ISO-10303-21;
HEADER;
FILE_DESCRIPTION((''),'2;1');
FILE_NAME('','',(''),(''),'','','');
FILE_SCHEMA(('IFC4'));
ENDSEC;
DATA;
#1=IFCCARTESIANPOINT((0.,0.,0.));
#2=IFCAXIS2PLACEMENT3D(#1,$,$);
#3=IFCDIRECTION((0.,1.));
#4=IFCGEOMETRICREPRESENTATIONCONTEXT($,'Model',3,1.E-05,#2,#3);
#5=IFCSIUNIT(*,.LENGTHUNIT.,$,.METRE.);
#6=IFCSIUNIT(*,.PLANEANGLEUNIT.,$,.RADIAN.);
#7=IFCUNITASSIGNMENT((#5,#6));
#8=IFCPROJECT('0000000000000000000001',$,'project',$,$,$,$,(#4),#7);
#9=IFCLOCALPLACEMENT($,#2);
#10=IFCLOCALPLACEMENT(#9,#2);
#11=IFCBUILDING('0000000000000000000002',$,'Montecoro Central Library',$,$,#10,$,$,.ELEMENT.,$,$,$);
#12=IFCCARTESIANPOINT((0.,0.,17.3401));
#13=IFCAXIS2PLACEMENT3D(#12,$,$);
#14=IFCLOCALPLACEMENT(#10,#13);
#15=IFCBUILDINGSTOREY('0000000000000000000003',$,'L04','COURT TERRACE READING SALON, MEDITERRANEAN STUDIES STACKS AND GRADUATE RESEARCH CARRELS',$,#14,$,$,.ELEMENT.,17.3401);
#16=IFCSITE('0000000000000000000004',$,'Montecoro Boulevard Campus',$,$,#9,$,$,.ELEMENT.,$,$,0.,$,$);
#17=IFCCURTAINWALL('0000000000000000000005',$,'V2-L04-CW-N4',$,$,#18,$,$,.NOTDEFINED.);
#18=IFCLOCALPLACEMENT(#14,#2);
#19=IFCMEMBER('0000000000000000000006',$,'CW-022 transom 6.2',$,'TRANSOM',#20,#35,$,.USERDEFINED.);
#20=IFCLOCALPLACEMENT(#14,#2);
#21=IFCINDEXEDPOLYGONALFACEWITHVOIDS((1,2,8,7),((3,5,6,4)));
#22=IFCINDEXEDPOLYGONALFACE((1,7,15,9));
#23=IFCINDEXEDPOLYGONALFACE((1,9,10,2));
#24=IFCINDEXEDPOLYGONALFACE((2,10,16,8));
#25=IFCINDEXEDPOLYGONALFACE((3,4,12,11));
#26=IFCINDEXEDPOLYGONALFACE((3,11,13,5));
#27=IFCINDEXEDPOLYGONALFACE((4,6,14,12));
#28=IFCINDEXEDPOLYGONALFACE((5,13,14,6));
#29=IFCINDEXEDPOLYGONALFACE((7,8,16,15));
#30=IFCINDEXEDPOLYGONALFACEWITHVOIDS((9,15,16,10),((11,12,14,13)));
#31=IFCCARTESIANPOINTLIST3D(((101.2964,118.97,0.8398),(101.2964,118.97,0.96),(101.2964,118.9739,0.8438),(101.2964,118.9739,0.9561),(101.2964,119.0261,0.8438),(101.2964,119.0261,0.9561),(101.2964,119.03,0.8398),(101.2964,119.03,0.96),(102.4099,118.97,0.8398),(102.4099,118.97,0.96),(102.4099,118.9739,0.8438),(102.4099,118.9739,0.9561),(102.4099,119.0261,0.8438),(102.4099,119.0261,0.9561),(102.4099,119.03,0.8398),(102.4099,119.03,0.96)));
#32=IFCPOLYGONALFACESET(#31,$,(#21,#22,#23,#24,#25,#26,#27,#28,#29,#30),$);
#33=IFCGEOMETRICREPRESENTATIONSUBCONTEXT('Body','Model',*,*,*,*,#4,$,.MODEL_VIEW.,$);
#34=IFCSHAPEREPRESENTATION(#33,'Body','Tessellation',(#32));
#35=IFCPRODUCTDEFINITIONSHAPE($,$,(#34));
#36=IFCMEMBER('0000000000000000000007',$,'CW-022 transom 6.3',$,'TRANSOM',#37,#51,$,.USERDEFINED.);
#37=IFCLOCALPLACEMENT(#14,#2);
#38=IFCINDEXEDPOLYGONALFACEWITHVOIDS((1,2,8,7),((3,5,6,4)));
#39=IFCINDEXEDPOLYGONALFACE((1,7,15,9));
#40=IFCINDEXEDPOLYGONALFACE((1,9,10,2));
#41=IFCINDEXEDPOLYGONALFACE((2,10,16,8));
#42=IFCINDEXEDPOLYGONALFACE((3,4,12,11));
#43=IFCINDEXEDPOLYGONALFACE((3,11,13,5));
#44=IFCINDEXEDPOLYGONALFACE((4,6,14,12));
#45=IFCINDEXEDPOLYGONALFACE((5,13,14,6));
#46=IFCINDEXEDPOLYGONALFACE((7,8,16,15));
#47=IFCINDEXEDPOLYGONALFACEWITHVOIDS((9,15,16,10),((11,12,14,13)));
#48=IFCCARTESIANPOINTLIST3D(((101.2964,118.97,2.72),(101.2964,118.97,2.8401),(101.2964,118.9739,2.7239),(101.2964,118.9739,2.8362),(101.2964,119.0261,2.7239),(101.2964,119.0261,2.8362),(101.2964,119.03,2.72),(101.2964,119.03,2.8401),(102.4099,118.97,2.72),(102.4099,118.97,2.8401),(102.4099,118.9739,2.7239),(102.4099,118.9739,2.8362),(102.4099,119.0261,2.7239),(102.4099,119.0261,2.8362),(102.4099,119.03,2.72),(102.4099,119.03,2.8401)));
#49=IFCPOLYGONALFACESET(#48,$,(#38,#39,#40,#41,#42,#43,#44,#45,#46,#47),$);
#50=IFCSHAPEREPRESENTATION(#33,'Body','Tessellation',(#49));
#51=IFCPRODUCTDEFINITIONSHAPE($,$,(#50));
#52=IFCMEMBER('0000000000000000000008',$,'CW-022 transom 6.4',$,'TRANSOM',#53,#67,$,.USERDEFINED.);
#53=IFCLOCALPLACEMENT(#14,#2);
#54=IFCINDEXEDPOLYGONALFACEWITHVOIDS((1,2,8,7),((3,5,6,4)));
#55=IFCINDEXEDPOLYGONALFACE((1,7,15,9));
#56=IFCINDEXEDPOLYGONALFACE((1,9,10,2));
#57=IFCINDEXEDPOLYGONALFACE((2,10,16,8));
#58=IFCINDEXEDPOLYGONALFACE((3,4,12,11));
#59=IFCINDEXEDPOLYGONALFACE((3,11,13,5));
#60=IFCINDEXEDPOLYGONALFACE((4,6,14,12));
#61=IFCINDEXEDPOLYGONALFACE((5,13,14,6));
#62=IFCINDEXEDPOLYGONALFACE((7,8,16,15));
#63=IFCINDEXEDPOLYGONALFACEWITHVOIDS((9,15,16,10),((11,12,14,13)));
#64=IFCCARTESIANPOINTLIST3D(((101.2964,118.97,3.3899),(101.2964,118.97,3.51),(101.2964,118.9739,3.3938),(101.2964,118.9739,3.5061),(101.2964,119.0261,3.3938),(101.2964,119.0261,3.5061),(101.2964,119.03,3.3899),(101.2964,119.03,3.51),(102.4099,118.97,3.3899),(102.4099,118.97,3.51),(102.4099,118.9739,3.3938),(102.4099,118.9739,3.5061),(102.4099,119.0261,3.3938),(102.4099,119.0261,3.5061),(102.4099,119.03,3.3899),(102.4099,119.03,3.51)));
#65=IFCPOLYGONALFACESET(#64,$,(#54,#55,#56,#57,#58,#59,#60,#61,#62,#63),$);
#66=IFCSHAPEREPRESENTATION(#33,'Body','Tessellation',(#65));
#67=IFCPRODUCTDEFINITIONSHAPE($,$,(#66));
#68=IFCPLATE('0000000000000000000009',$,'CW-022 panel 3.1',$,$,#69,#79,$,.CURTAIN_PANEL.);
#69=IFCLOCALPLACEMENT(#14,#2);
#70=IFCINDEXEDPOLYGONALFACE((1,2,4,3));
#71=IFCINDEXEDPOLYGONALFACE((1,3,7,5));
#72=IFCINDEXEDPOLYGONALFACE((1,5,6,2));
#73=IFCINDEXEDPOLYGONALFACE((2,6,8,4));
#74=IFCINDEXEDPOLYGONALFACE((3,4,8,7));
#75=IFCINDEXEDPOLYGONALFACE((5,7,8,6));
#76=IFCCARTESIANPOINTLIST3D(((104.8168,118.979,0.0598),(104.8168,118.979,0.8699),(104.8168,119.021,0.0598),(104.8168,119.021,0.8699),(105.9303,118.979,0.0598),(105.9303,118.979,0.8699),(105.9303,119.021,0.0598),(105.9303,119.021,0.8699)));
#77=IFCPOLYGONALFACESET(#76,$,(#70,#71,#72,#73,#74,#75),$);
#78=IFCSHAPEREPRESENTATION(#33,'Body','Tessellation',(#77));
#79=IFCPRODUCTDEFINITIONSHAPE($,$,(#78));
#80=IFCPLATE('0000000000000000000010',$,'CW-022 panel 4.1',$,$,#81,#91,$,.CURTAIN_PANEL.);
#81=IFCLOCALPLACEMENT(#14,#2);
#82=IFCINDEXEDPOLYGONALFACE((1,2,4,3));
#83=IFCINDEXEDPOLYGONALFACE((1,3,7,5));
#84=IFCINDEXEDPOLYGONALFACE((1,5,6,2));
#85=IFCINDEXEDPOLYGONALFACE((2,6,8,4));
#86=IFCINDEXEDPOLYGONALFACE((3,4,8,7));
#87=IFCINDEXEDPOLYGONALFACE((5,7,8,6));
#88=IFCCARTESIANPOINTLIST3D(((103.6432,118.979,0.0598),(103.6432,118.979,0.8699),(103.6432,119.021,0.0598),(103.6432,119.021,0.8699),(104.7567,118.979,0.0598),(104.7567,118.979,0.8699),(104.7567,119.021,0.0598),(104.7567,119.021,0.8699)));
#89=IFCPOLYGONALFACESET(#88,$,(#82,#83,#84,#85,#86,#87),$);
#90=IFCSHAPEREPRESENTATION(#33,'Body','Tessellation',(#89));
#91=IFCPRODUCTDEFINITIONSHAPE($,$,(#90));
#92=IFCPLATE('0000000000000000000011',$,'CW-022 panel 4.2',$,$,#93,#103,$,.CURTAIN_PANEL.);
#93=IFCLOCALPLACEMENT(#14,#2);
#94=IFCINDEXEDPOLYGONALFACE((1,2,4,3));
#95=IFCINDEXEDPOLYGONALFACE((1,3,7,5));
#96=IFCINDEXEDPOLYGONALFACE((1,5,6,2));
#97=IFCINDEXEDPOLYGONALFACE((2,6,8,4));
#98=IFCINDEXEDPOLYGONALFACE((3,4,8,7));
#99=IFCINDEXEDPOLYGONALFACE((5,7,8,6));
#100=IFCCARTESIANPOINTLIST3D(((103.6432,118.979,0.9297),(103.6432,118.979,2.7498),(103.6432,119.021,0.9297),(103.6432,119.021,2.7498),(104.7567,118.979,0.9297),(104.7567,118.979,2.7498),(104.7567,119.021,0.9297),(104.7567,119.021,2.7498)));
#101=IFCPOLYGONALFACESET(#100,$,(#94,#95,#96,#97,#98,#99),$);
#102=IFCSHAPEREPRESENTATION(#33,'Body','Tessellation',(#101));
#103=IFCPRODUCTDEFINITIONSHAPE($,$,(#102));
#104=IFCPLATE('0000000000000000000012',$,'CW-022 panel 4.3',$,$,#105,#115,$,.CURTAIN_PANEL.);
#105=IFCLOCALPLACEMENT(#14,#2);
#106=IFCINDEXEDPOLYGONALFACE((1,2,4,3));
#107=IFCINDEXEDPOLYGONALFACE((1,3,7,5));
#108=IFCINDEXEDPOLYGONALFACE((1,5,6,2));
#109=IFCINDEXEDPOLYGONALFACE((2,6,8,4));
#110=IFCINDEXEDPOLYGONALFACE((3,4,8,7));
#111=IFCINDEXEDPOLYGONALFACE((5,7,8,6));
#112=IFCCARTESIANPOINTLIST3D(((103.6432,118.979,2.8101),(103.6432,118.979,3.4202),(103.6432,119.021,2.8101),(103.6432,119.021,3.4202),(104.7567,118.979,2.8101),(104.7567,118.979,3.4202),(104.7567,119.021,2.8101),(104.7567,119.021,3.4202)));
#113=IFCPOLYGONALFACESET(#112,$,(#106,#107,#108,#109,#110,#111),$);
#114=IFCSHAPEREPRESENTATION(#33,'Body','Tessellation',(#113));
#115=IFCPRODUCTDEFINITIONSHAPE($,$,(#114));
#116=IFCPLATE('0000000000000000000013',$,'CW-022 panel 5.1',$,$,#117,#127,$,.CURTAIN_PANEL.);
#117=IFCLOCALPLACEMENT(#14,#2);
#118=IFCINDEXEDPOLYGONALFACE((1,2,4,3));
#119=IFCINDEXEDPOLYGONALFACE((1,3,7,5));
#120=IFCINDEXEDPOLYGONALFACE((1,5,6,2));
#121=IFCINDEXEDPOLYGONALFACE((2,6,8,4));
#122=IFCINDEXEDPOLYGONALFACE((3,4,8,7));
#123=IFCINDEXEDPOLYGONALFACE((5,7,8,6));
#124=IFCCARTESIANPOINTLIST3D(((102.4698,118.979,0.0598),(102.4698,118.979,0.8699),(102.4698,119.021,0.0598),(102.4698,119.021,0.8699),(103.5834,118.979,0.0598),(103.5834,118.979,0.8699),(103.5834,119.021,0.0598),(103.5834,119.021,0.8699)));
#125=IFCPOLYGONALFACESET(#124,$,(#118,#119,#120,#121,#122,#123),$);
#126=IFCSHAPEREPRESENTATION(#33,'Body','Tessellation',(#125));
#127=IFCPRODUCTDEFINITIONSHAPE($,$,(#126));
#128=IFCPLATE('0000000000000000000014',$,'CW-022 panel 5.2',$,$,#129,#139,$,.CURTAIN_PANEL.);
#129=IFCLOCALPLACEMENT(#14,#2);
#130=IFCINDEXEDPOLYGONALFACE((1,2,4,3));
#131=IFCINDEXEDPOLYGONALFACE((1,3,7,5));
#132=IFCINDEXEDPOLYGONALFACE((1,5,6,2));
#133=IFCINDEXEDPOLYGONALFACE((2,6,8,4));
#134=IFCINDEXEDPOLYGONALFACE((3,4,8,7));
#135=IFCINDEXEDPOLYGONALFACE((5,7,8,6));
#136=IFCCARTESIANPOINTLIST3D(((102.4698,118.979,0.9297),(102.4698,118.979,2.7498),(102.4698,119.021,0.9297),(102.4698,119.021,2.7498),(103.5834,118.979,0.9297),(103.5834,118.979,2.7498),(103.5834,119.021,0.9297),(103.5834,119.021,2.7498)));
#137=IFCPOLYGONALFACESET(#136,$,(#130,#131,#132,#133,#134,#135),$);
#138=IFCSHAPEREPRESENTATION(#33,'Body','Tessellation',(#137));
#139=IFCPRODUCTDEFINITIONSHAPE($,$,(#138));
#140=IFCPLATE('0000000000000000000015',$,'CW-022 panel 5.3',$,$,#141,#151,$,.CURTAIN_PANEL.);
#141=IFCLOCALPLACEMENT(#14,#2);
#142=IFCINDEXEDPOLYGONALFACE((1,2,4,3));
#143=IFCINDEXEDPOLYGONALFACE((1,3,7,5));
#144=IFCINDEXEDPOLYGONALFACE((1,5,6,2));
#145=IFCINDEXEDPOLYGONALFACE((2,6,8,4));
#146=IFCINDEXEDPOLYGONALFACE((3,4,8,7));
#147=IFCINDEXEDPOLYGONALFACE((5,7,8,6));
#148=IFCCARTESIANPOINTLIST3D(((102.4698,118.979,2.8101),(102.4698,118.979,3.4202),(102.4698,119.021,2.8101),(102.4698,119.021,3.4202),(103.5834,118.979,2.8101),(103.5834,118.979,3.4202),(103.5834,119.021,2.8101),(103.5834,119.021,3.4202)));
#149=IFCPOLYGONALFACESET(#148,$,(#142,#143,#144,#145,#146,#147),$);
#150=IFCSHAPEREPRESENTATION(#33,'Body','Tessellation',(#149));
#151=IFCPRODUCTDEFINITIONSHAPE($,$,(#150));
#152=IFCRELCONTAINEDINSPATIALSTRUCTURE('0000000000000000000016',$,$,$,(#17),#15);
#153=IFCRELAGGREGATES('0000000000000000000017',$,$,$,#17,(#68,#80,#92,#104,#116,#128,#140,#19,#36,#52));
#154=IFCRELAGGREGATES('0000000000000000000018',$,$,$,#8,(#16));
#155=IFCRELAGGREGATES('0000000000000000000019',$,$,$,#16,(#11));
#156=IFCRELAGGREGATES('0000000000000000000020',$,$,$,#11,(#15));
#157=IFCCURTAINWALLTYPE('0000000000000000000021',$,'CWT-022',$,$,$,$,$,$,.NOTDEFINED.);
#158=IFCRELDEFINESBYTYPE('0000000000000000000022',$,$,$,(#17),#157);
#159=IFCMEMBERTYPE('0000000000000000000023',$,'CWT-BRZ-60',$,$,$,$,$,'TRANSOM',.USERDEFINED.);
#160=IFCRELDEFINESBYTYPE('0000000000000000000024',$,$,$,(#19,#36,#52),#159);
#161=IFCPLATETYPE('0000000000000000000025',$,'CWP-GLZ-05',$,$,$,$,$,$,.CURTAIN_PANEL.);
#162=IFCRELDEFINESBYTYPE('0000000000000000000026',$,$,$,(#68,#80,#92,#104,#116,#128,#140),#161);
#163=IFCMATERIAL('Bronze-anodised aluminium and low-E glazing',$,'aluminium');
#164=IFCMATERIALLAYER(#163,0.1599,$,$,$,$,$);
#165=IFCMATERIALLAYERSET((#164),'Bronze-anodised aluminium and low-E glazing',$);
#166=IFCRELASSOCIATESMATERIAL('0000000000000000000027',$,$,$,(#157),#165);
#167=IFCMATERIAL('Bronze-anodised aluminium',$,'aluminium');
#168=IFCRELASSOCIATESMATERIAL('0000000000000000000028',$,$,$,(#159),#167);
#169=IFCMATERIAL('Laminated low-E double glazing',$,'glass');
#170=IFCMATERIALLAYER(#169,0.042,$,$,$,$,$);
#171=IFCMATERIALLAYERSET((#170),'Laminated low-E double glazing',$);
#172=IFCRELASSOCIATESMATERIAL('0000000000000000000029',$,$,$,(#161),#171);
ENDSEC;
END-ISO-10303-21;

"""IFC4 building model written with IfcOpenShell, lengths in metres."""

from ifc_helpers import new_model, si_unit, direction, frame, origin, origin_2d, place, context, subcontext, project, spatial, rectangle, hollow_rectangle, extrude, material, layer, layer_set, material_profile, profile_set, type_object, element, aggregate, save


model = new_model("IFC4")

# Units and contexts
model_context = context("Model", 3, precision=1e-05, world=origin(), true_north=direction((0.0, 1.0)))
body_context = subcontext(model_context, "Body", "Model", "MODEL_VIEW")
ifc_project = project(units=[si_unit("LENGTHUNIT", "METRE"), si_unit("PLANEANGLEUNIT", "RADIAN")], contexts=[model_context])

# Site, building, storey
site_placement = place(None, origin())
site = spatial("IfcSite", under=ifc_project, at=site_placement, Name="Montecoro Boulevard Campus", CompositionType="ELEMENT", RefElevation=0.0)
building_placement = place(site_placement, origin())
building = spatial("IfcBuilding", under=site, at=building_placement, Name="Montecoro Central Library", CompositionType="ELEMENT")
storey_placement = place(building_placement, frame((0.0, 0.0, 17.3401)))
storey = spatial("IfcBuildingStorey", under=building, at=storey_placement, Name="L04", Description="COURT TERRACE READING SALON, MEDITERRANEAN STUDIES STACKS AND GRADUATE RESEARCH CARRELS", CompositionType="ELEMENT", Elevation=17.3401)

# Curtain wall, members, plates
ifc_material_1 = material(Name="Bronze-anodised aluminium and low-E glazing", Category="aluminium")
ifc_layer_1 = layer(ifc_material_1, 0.1599)
ifc_layer_set_1 = layer_set([ifc_layer_1], Name="Bronze-anodised aluminium and low-E glazing")
curtain_wall_type = type_object("IfcCurtainWallType", Name="CWT-022", PredefinedType="NOTDEFINED", material=ifc_layer_set_1)
curtain_wall_placement = place(storey_placement, origin())
curtain_wall = element("IfcCurtainWall", 1, at=curtain_wall_placement, inside=storey, type_object=curtain_wall_type, Name="V2-L04-CW-N4", PredefinedType="NOTDEFINED")
ifc_material_2 = material(Name="Bronze-anodised aluminium", Category="aluminium")
ifc_material_profile_1 = material_profile(ifc_material_2, hollow_rectangle(XDim=0.0601, YDim=0.1201, WallThickness=0.0039, at=origin_2d()), Name="CWT 120x60x4.0")
ifc_profile_set_1 = profile_set([ifc_material_profile_1], Name="Bronze-anodised aluminium")
member_type_1 = type_object("IfcMemberType", Name="CWT-BRZ-60", ElementType="TRANSOM", PredefinedType="USERDEFINED", material=ifc_profile_set_1)
member_1_placement = place(storey_placement, frame((102.4099, 119.0, 0.8999), z_axis=(-1.0, 0.0, 0.0), x_axis=(0.0, -1.0, 0.0)))
member_1 = element("IfcMember", 2, at=member_1_placement, type_object=member_type_1, Name="CW-022 transom 6.2", ObjectType="TRANSOM", PredefinedType="USERDEFINED", context=body_context, shape_type="SweptSolid", body=[
    extrude(hollow_rectangle(XDim=0.0601, YDim=0.1201, WallThickness=0.0039, at=origin_2d()), origin(), (0.0, 0.0, 1.0), 1.1135),
])
member_2_placement = place(storey_placement, frame((102.4099, 119.0, 2.78), z_axis=(-1.0, 0.0, 0.0), x_axis=(0.0, -1.0, 0.0)))
member_2 = element("IfcMember", 3, at=member_2_placement, type_object=member_type_1, Name="CW-022 transom 6.3", ObjectType="TRANSOM", PredefinedType="USERDEFINED", context=body_context, shape_type="SweptSolid", body=[
    extrude(hollow_rectangle(XDim=0.0601, YDim=0.1201, WallThickness=0.0039, at=origin_2d()), origin(), (0.0, 0.0, 1.0), 1.1135),
])
member_3_placement = place(storey_placement, frame((102.4099, 119.0, 3.45), z_axis=(-1.0, 0.0, 0.0), x_axis=(0.0, -1.0, 0.0)))
member_3 = element("IfcMember", 4, at=member_3_placement, type_object=member_type_1, Name="CW-022 transom 6.4", ObjectType="TRANSOM", PredefinedType="USERDEFINED", context=body_context, shape_type="SweptSolid", body=[
    extrude(hollow_rectangle(XDim=0.0601, YDim=0.1201, WallThickness=0.0039, at=origin_2d()), origin(), (0.0, 0.0, 1.0), 1.1135),
])
ifc_material_3 = material(Name="Laminated low-E double glazing", Category="glass")
ifc_layer_2 = layer(ifc_material_3, 0.042)
ifc_layer_set_2 = layer_set([ifc_layer_2], Name="Laminated low-E double glazing")
plate_type = type_object("IfcPlateType", Name="CWP-GLZ-05", PredefinedType="CURTAIN_PANEL", material=ifc_layer_set_2)
plate_1_placement = place(storey_placement, frame((105.3735, 119.0, 0.0598), z_axis=(0.0, 0.0, 1.0), x_axis=(-1.0, 0.0, 0.0)))
plate_1 = element("IfcPlate", 5, at=plate_1_placement, type_object=plate_type, Name="CW-022 panel 3.1", PredefinedType="CURTAIN_PANEL", context=body_context, shape_type="SweptSolid", body=[
    extrude(rectangle(XDim=1.1135, YDim=0.042, at=origin_2d()), origin(), (0.0, 0.0, 1.0), 0.8101),
])
plate_2_placement = place(storey_placement, frame((104.2, 119.0, 0.0598), z_axis=(0.0, 0.0, 1.0), x_axis=(-1.0, 0.0, 0.0)))
plate_2 = element("IfcPlate", 6, at=plate_2_placement, type_object=plate_type, Name="CW-022 panel 4.1", PredefinedType="CURTAIN_PANEL", context=body_context, shape_type="SweptSolid", body=[
    extrude(rectangle(XDim=1.1135, YDim=0.042, at=origin_2d()), origin(), (0.0, 0.0, 1.0), 0.8101),
])
plate_3_placement = place(storey_placement, frame((104.2, 119.0, 0.9297), z_axis=(0.0, 0.0, 1.0), x_axis=(-1.0, 0.0, 0.0)))
plate_3 = element("IfcPlate", 7, at=plate_3_placement, type_object=plate_type, Name="CW-022 panel 4.2", PredefinedType="CURTAIN_PANEL", context=body_context, shape_type="SweptSolid", body=[
    extrude(rectangle(XDim=1.1135, YDim=0.042, at=origin_2d()), origin(), (0.0, 0.0, 1.0), 1.8201),
])
plate_4_placement = place(storey_placement, frame((104.2, 119.0, 2.8101), z_axis=(0.0, 0.0, 1.0), x_axis=(-1.0, 0.0, 0.0)))
plate_4 = element("IfcPlate", 8, at=plate_4_placement, type_object=plate_type, Name="CW-022 panel 4.3", PredefinedType="CURTAIN_PANEL", context=body_context, shape_type="SweptSolid", body=[
    extrude(rectangle(XDim=1.1135, YDim=0.042, at=origin_2d()), origin(), (0.0, 0.0, 1.0), 0.6101),
])
plate_5_placement = place(storey_placement, frame((103.0266, 119.0, 0.0598), z_axis=(0.0, 0.0, 1.0), x_axis=(-1.0, 0.0, 0.0)))
plate_5 = element("IfcPlate", 9, at=plate_5_placement, type_object=plate_type, Name="CW-022 panel 5.1", PredefinedType="CURTAIN_PANEL", context=body_context, shape_type="SweptSolid", body=[
    extrude(rectangle(XDim=1.1135, YDim=0.042, at=origin_2d()), origin(), (0.0, 0.0, 1.0), 0.8101),
])
plate_6_placement = place(storey_placement, frame((103.0266, 119.0, 0.9297), z_axis=(0.0, 0.0, 1.0), x_axis=(-1.0, 0.0, 0.0)))
plate_6 = element("IfcPlate", 10, at=plate_6_placement, type_object=plate_type, Name="CW-022 panel 5.2", PredefinedType="CURTAIN_PANEL", context=body_context, shape_type="SweptSolid", body=[
    extrude(rectangle(XDim=1.1135, YDim=0.042, at=origin_2d()), origin(), (0.0, 0.0, 1.0), 1.8201),
])
plate_7_placement = place(storey_placement, frame((103.0266, 119.0, 2.8101), z_axis=(0.0, 0.0, 1.0), x_axis=(-1.0, 0.0, 0.0)))
plate_7 = element("IfcPlate", 11, at=plate_7_placement, type_object=plate_type, Name="CW-022 panel 5.3", PredefinedType="CURTAIN_PANEL", context=body_context, shape_type="SweptSolid", body=[
    extrude(rectangle(XDim=1.1135, YDim=0.042, at=origin_2d()), origin(), (0.0, 0.0, 1.0), 0.6101),
])
aggregate(curtain_wall, [plate_1, plate_2, plate_3, plate_4, plate_5, plate_6, plate_7, member_1, member_2, member_3])

save(model, "model.ifc")
